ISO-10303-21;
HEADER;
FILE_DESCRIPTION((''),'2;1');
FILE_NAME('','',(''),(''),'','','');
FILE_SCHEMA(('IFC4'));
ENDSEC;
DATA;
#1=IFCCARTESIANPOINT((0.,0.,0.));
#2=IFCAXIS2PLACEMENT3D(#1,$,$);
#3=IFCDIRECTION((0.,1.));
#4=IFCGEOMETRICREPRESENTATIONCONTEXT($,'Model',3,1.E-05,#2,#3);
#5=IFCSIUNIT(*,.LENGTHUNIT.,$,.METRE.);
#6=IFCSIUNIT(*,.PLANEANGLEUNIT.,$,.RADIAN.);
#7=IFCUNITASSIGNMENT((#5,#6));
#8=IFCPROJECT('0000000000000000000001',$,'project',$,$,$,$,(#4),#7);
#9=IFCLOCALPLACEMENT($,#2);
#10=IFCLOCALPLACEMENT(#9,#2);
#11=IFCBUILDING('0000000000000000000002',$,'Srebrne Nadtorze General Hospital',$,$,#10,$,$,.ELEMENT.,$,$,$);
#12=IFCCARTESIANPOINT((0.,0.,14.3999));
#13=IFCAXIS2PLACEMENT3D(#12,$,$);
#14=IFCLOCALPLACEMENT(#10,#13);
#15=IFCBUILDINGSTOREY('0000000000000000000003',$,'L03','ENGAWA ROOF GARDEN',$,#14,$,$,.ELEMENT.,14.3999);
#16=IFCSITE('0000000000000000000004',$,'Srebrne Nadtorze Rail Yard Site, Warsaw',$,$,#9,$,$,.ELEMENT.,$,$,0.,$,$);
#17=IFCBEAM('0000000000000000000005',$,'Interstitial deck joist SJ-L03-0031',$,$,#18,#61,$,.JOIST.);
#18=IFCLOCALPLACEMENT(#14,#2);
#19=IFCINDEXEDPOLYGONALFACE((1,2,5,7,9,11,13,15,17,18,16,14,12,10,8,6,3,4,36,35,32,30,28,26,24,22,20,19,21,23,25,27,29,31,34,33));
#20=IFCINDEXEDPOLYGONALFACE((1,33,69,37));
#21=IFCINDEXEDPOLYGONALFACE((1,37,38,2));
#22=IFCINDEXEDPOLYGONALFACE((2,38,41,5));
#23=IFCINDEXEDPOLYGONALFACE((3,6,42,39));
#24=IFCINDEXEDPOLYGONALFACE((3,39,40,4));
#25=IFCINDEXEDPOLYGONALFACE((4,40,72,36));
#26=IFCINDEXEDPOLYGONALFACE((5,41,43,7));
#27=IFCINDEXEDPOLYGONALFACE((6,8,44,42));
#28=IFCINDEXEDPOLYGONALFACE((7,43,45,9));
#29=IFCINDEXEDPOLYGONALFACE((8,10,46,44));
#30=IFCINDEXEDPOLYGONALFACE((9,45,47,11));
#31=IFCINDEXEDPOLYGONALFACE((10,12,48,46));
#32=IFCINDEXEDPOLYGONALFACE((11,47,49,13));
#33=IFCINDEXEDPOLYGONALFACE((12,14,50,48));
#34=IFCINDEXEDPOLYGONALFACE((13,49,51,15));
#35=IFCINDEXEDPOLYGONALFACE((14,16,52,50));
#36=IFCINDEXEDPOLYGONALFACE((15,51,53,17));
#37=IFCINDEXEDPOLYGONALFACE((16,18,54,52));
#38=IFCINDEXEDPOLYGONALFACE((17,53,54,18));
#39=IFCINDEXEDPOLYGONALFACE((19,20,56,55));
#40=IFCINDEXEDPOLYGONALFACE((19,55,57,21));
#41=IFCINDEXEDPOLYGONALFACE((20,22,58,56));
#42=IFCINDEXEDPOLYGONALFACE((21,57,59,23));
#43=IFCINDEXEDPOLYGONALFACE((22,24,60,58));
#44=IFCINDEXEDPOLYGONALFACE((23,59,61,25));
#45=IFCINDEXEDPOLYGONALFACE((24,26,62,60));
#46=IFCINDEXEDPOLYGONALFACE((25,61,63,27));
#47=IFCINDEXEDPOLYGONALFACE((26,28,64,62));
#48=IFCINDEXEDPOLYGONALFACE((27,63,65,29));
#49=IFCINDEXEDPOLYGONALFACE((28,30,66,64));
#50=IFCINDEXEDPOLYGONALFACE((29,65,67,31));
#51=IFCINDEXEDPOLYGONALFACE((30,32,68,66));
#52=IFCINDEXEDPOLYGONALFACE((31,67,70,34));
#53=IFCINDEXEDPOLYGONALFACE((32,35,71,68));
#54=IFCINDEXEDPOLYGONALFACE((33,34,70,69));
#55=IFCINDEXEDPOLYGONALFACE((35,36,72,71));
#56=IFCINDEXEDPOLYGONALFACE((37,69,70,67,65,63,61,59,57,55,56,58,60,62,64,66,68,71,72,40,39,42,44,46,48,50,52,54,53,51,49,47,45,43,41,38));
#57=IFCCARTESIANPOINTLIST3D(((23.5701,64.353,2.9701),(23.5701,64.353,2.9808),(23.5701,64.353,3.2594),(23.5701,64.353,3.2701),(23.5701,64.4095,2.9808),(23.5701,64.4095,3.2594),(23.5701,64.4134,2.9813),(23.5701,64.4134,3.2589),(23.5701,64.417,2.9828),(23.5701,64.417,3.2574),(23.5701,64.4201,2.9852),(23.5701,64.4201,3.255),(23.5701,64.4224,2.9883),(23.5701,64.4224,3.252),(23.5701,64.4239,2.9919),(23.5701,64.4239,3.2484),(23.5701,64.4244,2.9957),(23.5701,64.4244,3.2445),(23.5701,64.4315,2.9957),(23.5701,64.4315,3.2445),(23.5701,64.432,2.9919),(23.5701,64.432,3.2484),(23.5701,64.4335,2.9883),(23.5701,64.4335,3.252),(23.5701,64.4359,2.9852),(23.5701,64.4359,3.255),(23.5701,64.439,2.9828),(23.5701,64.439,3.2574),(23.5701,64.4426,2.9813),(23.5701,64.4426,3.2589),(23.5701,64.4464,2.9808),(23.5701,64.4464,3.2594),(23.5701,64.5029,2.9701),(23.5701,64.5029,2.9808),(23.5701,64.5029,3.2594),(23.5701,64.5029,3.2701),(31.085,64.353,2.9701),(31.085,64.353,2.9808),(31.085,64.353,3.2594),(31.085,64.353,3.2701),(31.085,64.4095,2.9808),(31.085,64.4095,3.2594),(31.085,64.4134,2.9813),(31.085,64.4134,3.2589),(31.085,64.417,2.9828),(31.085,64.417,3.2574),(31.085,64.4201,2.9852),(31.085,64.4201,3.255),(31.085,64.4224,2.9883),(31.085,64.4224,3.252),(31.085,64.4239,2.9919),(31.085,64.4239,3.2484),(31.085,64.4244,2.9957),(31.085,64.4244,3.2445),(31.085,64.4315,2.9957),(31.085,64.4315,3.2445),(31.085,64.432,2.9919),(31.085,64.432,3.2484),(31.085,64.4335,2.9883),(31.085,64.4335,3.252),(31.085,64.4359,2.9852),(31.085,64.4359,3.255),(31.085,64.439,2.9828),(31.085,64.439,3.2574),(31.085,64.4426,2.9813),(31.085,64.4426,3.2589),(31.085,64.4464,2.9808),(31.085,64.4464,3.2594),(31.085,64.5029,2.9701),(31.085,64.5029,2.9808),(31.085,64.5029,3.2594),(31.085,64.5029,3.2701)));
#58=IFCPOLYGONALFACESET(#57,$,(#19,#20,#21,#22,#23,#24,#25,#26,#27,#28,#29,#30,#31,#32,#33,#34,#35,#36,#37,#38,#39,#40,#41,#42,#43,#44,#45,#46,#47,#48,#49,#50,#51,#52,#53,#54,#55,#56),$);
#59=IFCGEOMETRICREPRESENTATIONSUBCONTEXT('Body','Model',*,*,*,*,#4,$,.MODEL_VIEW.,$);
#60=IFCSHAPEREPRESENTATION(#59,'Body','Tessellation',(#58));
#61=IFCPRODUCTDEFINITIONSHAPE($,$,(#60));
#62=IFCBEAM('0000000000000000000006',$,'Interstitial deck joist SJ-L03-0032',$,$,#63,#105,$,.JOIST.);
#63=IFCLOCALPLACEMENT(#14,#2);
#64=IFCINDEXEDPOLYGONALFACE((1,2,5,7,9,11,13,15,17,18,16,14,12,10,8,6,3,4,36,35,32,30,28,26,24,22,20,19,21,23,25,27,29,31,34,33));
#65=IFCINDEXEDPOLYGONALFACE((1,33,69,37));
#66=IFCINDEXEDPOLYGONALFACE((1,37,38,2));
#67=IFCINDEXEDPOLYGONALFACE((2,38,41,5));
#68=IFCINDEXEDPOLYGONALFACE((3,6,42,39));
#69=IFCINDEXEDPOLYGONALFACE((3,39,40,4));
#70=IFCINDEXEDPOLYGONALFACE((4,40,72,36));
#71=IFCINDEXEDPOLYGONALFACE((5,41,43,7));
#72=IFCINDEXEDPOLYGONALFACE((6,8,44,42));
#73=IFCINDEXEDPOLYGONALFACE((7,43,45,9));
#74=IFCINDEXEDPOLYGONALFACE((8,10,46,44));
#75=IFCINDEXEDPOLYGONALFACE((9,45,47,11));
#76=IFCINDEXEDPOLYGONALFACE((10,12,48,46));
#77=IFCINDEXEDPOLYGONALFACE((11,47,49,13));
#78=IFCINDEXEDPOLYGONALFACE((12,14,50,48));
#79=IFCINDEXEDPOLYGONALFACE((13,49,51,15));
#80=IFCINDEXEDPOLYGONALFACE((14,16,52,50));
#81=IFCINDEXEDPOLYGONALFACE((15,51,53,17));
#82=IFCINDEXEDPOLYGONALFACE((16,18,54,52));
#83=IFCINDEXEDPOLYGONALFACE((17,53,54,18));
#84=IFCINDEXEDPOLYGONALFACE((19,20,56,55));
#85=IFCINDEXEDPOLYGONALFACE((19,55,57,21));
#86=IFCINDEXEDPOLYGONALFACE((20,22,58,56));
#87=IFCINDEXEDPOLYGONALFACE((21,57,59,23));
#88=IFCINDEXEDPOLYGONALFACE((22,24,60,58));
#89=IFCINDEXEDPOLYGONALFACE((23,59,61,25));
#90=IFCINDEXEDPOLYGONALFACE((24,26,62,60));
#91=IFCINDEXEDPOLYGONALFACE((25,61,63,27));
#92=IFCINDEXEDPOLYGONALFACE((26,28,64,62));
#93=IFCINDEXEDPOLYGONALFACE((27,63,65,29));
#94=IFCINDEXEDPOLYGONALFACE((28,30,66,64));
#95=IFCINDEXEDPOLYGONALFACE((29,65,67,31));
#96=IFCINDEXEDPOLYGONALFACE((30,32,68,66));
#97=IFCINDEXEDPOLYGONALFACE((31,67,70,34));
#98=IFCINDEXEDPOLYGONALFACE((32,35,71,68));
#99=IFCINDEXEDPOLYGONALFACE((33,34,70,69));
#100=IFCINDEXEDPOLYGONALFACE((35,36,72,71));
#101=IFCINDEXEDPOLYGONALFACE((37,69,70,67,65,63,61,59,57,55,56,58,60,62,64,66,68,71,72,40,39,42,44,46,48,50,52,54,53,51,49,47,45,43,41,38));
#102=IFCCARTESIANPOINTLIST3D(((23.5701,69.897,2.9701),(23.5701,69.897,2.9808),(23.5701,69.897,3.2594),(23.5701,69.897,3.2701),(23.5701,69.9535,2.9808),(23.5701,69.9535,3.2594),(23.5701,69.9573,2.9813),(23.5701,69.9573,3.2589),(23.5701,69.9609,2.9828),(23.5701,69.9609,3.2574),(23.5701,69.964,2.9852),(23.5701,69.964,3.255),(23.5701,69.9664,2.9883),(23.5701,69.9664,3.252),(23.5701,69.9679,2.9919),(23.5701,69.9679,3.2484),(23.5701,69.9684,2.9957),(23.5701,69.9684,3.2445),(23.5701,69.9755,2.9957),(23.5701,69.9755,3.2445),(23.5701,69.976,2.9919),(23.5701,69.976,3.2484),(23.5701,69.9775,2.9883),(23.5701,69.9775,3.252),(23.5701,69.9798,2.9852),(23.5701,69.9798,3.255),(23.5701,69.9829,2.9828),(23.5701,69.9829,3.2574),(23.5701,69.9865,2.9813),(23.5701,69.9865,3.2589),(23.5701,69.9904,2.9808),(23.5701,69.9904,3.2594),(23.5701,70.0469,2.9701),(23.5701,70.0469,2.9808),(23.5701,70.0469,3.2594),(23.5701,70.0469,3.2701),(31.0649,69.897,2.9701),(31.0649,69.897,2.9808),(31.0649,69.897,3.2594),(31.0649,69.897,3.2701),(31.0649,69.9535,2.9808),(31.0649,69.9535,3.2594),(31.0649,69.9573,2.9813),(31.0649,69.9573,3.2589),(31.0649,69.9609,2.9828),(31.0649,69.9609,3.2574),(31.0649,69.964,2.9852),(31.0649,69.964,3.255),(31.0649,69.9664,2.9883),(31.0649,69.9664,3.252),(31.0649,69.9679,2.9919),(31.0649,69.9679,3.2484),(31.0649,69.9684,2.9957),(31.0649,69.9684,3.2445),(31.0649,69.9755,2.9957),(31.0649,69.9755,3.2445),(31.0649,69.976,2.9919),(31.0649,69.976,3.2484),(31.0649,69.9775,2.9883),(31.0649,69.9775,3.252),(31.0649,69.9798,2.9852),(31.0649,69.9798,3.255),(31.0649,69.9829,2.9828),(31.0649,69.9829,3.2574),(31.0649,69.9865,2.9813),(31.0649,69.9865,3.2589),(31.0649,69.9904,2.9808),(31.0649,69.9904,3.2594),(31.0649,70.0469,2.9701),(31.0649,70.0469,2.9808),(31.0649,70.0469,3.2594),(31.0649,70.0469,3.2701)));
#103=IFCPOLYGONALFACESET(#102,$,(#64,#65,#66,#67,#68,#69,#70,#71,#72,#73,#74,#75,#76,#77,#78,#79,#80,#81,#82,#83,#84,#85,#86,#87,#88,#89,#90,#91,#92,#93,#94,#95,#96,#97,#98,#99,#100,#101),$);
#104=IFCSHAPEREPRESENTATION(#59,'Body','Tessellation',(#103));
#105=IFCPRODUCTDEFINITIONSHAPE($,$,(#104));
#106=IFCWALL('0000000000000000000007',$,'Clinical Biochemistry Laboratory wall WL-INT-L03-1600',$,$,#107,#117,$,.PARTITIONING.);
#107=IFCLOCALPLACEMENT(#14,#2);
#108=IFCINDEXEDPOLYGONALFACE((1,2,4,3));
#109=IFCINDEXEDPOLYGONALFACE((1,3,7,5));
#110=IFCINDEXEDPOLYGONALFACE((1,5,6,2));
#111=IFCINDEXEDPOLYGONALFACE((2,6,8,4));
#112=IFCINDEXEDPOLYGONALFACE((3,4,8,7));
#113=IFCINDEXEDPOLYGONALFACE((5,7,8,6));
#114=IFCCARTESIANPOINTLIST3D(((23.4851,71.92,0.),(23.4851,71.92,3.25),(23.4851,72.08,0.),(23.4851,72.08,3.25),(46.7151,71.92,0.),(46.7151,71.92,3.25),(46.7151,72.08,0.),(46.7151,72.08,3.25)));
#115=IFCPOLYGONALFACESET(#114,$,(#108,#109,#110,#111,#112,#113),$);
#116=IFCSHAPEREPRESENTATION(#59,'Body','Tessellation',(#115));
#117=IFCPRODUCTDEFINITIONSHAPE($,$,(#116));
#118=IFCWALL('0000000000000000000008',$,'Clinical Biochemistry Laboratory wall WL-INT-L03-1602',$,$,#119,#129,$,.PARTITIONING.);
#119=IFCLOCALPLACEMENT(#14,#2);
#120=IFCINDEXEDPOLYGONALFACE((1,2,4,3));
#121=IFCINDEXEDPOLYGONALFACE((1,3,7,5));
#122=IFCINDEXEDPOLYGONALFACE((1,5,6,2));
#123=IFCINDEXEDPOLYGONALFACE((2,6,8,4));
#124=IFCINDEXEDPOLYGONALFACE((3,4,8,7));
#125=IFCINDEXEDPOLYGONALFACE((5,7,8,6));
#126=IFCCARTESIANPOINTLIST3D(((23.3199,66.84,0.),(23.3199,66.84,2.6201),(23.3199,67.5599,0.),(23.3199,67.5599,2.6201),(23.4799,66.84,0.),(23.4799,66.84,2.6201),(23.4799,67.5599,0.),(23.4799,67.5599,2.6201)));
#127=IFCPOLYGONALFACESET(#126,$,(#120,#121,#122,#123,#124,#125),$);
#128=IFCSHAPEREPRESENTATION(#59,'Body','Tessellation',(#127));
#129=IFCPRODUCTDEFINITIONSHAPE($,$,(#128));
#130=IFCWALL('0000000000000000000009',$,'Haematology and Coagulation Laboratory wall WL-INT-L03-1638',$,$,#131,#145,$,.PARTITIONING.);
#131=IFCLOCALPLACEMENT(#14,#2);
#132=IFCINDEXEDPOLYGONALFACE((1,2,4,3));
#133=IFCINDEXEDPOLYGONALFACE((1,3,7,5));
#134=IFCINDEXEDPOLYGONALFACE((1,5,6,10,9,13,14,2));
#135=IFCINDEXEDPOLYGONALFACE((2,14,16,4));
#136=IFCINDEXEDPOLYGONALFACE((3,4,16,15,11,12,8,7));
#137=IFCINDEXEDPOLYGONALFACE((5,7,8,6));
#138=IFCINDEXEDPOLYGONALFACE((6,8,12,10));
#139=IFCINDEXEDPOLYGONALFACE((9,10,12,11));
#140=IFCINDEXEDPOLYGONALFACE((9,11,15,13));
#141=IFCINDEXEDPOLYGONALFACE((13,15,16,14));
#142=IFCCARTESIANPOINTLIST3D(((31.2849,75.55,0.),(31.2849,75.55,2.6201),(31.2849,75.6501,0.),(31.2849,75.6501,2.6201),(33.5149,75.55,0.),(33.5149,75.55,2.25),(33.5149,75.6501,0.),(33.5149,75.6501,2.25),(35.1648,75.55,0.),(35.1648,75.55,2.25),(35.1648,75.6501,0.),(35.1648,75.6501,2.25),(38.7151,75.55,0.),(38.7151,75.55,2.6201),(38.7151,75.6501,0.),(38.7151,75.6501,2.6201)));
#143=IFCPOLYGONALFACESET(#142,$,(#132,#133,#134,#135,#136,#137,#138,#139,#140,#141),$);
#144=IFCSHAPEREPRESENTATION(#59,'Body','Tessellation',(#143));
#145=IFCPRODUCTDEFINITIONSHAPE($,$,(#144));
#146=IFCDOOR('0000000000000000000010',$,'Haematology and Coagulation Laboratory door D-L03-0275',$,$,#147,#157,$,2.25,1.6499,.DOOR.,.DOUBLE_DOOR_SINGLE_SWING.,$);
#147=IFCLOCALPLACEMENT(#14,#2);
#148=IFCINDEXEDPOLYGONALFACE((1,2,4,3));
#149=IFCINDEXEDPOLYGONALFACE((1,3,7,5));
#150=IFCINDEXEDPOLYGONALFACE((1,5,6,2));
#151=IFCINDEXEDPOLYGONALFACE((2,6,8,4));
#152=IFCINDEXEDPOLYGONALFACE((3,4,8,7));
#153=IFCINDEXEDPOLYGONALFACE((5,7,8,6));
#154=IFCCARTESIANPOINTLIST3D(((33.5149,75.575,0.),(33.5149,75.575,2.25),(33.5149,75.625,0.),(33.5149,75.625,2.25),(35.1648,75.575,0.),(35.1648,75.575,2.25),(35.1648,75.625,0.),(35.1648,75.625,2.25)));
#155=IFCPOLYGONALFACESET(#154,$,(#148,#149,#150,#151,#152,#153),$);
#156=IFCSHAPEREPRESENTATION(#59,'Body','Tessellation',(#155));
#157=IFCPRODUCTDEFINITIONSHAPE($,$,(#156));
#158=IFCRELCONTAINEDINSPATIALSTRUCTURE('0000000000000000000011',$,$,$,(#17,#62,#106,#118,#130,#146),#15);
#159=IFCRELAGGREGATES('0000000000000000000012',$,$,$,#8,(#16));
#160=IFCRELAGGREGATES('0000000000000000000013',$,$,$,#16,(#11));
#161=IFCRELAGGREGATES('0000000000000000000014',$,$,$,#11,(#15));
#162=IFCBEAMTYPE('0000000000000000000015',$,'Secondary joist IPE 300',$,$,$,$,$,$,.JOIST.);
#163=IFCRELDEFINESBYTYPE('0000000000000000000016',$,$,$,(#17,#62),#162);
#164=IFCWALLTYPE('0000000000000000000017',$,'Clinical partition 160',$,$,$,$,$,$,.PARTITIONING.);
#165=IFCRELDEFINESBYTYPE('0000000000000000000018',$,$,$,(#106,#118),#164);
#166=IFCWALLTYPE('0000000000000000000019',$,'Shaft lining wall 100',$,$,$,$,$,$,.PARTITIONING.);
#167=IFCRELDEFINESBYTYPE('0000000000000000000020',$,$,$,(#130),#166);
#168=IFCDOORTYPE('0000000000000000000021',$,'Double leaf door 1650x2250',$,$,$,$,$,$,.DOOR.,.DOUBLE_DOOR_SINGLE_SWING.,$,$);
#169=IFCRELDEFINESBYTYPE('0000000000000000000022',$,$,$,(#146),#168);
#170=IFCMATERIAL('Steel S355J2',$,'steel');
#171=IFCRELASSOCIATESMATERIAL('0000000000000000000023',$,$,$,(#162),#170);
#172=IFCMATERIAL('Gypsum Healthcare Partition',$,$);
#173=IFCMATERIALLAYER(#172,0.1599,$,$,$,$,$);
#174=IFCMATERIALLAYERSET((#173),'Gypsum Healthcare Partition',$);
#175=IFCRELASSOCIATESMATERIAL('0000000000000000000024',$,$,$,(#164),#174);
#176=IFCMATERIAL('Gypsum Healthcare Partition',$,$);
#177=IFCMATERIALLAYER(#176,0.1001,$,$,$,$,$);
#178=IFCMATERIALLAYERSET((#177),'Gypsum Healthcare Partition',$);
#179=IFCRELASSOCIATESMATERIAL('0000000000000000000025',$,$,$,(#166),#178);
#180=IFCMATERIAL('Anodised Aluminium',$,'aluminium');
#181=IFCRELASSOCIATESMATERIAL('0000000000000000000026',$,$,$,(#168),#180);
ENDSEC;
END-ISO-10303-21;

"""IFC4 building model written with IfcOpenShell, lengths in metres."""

from ifc_helpers import new_model, si_unit, direction, frame, frame_2d, origin, origin_2d, place, context, subcontext, project, spatial, rectangle, i_section, extrude, material, layer, layer_set, material_profile, profile_set, type_object, element, fill, save


model = new_model("IFC4")

# Units and contexts
model_context = context("Model", 3, precision=1e-05, world=origin(), true_north=direction((0.0, 1.0)))
body_context = subcontext(model_context, "Body", "Model", "MODEL_VIEW")
ifc_project = project(units=[si_unit("LENGTHUNIT", "METRE"), si_unit("PLANEANGLEUNIT", "RADIAN")], contexts=[model_context])

# Site, building, storey
site_placement = place(None, origin())
site = spatial("IfcSite", under=ifc_project, at=site_placement, Name="Srebrne Nadtorze Rail Yard Site, Warsaw", CompositionType="ELEMENT", RefElevation=0.0)
building_placement = place(site_placement, origin())
building = spatial("IfcBuilding", under=site, at=building_placement, Name="Srebrne Nadtorze General Hospital", CompositionType="ELEMENT")
storey_placement = place(building_placement, frame((0.0, 0.0, 14.3999)))
storey = spatial("IfcBuildingStorey", under=building, at=storey_placement, Name="L03", Description="ENGAWA ROOF GARDEN", CompositionType="ELEMENT", Elevation=14.3999)

# Beams
ifc_material_1 = material(Name="Steel S355J2", Category="steel")
ifc_material_profile_1 = material_profile(ifc_material_1, i_section(OverallWidth=0.1499, OverallDepth=0.3, WebThickness=0.0071, FlangeThickness=0.0107, FilletRadius=0.0149, at=origin_2d()), Name="IPE-300")
ifc_profile_set_1 = profile_set([ifc_material_profile_1], Name="Steel S355J2")
beam_type_1 = type_object("IfcBeamType", Name="Secondary joist IPE 300", PredefinedType="JOIST", material=ifc_profile_set_1)
beam_1_placement = place(storey_placement, frame((23.5701, 64.428, 3.1201), z_axis=(1.0, 0.0, 0.0), x_axis=(0.0, 1.0, 0.0)))
element("IfcBeam", 1, at=beam_1_placement, inside=storey, type_object=beam_type_1, Name="Interstitial deck joist SJ-L03-0031", PredefinedType="JOIST", context=body_context, shape_type="SweptSolid", body=[
    extrude(i_section(OverallWidth=0.1499, OverallDepth=0.3, WebThickness=0.0071, FlangeThickness=0.0107, FilletRadius=0.0149, at=origin_2d()), origin(), (0.0, 0.0, 1.0), 7.5149),
])
beam_2_placement = place(storey_placement, frame((23.5701, 69.9719, 3.1201), z_axis=(1.0, 0.0, 0.0), x_axis=(0.0, 1.0, 0.0)))
element("IfcBeam", 2, at=beam_2_placement, inside=storey, type_object=beam_type_1, Name="Interstitial deck joist SJ-L03-0032", PredefinedType="JOIST", context=body_context, shape_type="SweptSolid", body=[
    extrude(i_section(OverallWidth=0.1499, OverallDepth=0.3, WebThickness=0.0071, FlangeThickness=0.0107, FilletRadius=0.0149, at=origin_2d()), origin(), (0.0, 0.0, 1.0), 7.4949),
])

# Walls
ifc_material_2 = material(Name="Gypsum Healthcare Partition")
ifc_layer_1 = layer(ifc_material_2, 0.1599)
ifc_layer_set_1 = layer_set([ifc_layer_1], Name="Gypsum Healthcare Partition")
wall_type_1 = type_object("IfcWallType", Name="Clinical partition 160", PredefinedType="PARTITIONING", material=ifc_layer_set_1)
wall_1_placement = place(storey_placement, frame((23.4851, 72.0, 0.0), z_axis=(0.0, 0.0, 1.0), x_axis=(1.0, 0.0, 0.0)))
element("IfcWall", 3, at=wall_1_placement, inside=storey, type_object=wall_type_1, Name="Clinical Biochemistry Laboratory wall WL-INT-L03-1600", PredefinedType="PARTITIONING", context=body_context, shape_type="SweptSolid", body=[
    extrude(rectangle(XDim=23.23, YDim=0.1599, at=frame_2d((11.615, 0.0))), origin(), (0.0, 0.0, 1.0), 3.25),
])
wall_2_placement = place(storey_placement, frame((23.3999, 66.8401, 0.0), z_axis=(0.0, 0.0, 1.0), x_axis=(0.0, 1.0, 0.0)))
element("IfcWall", 4, at=wall_2_placement, inside=storey, type_object=wall_type_1, Name="Clinical Biochemistry Laboratory wall WL-INT-L03-1602", PredefinedType="PARTITIONING", context=body_context, shape_type="SweptSolid", body=[
    extrude(rectangle(XDim=0.72, YDim=0.1599, at=frame_2d((0.3599, 0.0))), origin(), (0.0, 0.0, 1.0), 2.6201),
])

# Wall, opening, door
ifc_material_3 = material(Name="Gypsum Healthcare Partition")
ifc_layer_2 = layer(ifc_material_3, 0.1001)
ifc_layer_set_2 = layer_set([ifc_layer_2], Name="Gypsum Healthcare Partition")
wall_type_2 = type_object("IfcWallType", Name="Shaft lining wall 100", PredefinedType="PARTITIONING", material=ifc_layer_set_2)
wall_3_placement = place(storey_placement, frame((31.2849, 75.6001, 0.0), z_axis=(0.0, 0.0, 1.0), x_axis=(1.0, 0.0, 0.0)))
wall_3 = element("IfcWall", 5, at=wall_3_placement, inside=storey, type_object=wall_type_2, Name="Haematology and Coagulation Laboratory wall WL-INT-L03-1638", PredefinedType="PARTITIONING", context=body_context, shape_type="SweptSolid", body=[
    extrude(rectangle(XDim=7.4302, YDim=0.1001, at=frame_2d((3.7151, 0.0))), origin(), (0.0, 0.0, 1.0), 2.6201),
])
opening_1_placement = place(wall_3_placement, frame((2.23, 0.0, 0.0)))
opening_1 = element("IfcOpeningElement", 6, at=opening_1_placement, cuts=wall_3, PredefinedType="OPENING", context=body_context, shape_type="SweptSolid", body=[
    extrude(rectangle(XDim=1.6499, YDim=2.25, at=frame_2d((0.825, 1.125))), frame((0.0, 0.062, 0.0), z_axis=(0.0, -1.0, 0.0), x_axis=(1.0, 0.0, 0.0)), (0.0, 0.0, 1.0), 0.124),
])
ifc_material_4 = material(Name="Anodised Aluminium", Category="aluminium")
door_type = type_object("IfcDoorType", Name="Double leaf door 1650x2250", OperationType="DOUBLE_DOOR_SINGLE_SWING", PredefinedType="DOOR", material=ifc_material_4)
door_placement = place(opening_1_placement, origin())
door = element("IfcDoor", 7, at=door_placement, inside=storey, type_object=door_type, Name="Haematology and Coagulation Laboratory door D-L03-0275", OperationType="DOUBLE_DOOR_SINGLE_SWING", OverallHeight=2.25, OverallWidth=1.6499, PredefinedType="DOOR", context=body_context, shape_type="SweptSolid", body=[
    extrude(rectangle(XDim=1.6499, YDim=2.25, at=frame_2d((0.825, 1.125))), frame((0.0, 0.0249, 0.0), z_axis=(0.0, -1.0, 0.0), x_axis=(1.0, 0.0, 0.0)), (0.0, 0.0, 1.0), 0.05),
])
fill(opening_1, door)

save(model, "model.ifc")
